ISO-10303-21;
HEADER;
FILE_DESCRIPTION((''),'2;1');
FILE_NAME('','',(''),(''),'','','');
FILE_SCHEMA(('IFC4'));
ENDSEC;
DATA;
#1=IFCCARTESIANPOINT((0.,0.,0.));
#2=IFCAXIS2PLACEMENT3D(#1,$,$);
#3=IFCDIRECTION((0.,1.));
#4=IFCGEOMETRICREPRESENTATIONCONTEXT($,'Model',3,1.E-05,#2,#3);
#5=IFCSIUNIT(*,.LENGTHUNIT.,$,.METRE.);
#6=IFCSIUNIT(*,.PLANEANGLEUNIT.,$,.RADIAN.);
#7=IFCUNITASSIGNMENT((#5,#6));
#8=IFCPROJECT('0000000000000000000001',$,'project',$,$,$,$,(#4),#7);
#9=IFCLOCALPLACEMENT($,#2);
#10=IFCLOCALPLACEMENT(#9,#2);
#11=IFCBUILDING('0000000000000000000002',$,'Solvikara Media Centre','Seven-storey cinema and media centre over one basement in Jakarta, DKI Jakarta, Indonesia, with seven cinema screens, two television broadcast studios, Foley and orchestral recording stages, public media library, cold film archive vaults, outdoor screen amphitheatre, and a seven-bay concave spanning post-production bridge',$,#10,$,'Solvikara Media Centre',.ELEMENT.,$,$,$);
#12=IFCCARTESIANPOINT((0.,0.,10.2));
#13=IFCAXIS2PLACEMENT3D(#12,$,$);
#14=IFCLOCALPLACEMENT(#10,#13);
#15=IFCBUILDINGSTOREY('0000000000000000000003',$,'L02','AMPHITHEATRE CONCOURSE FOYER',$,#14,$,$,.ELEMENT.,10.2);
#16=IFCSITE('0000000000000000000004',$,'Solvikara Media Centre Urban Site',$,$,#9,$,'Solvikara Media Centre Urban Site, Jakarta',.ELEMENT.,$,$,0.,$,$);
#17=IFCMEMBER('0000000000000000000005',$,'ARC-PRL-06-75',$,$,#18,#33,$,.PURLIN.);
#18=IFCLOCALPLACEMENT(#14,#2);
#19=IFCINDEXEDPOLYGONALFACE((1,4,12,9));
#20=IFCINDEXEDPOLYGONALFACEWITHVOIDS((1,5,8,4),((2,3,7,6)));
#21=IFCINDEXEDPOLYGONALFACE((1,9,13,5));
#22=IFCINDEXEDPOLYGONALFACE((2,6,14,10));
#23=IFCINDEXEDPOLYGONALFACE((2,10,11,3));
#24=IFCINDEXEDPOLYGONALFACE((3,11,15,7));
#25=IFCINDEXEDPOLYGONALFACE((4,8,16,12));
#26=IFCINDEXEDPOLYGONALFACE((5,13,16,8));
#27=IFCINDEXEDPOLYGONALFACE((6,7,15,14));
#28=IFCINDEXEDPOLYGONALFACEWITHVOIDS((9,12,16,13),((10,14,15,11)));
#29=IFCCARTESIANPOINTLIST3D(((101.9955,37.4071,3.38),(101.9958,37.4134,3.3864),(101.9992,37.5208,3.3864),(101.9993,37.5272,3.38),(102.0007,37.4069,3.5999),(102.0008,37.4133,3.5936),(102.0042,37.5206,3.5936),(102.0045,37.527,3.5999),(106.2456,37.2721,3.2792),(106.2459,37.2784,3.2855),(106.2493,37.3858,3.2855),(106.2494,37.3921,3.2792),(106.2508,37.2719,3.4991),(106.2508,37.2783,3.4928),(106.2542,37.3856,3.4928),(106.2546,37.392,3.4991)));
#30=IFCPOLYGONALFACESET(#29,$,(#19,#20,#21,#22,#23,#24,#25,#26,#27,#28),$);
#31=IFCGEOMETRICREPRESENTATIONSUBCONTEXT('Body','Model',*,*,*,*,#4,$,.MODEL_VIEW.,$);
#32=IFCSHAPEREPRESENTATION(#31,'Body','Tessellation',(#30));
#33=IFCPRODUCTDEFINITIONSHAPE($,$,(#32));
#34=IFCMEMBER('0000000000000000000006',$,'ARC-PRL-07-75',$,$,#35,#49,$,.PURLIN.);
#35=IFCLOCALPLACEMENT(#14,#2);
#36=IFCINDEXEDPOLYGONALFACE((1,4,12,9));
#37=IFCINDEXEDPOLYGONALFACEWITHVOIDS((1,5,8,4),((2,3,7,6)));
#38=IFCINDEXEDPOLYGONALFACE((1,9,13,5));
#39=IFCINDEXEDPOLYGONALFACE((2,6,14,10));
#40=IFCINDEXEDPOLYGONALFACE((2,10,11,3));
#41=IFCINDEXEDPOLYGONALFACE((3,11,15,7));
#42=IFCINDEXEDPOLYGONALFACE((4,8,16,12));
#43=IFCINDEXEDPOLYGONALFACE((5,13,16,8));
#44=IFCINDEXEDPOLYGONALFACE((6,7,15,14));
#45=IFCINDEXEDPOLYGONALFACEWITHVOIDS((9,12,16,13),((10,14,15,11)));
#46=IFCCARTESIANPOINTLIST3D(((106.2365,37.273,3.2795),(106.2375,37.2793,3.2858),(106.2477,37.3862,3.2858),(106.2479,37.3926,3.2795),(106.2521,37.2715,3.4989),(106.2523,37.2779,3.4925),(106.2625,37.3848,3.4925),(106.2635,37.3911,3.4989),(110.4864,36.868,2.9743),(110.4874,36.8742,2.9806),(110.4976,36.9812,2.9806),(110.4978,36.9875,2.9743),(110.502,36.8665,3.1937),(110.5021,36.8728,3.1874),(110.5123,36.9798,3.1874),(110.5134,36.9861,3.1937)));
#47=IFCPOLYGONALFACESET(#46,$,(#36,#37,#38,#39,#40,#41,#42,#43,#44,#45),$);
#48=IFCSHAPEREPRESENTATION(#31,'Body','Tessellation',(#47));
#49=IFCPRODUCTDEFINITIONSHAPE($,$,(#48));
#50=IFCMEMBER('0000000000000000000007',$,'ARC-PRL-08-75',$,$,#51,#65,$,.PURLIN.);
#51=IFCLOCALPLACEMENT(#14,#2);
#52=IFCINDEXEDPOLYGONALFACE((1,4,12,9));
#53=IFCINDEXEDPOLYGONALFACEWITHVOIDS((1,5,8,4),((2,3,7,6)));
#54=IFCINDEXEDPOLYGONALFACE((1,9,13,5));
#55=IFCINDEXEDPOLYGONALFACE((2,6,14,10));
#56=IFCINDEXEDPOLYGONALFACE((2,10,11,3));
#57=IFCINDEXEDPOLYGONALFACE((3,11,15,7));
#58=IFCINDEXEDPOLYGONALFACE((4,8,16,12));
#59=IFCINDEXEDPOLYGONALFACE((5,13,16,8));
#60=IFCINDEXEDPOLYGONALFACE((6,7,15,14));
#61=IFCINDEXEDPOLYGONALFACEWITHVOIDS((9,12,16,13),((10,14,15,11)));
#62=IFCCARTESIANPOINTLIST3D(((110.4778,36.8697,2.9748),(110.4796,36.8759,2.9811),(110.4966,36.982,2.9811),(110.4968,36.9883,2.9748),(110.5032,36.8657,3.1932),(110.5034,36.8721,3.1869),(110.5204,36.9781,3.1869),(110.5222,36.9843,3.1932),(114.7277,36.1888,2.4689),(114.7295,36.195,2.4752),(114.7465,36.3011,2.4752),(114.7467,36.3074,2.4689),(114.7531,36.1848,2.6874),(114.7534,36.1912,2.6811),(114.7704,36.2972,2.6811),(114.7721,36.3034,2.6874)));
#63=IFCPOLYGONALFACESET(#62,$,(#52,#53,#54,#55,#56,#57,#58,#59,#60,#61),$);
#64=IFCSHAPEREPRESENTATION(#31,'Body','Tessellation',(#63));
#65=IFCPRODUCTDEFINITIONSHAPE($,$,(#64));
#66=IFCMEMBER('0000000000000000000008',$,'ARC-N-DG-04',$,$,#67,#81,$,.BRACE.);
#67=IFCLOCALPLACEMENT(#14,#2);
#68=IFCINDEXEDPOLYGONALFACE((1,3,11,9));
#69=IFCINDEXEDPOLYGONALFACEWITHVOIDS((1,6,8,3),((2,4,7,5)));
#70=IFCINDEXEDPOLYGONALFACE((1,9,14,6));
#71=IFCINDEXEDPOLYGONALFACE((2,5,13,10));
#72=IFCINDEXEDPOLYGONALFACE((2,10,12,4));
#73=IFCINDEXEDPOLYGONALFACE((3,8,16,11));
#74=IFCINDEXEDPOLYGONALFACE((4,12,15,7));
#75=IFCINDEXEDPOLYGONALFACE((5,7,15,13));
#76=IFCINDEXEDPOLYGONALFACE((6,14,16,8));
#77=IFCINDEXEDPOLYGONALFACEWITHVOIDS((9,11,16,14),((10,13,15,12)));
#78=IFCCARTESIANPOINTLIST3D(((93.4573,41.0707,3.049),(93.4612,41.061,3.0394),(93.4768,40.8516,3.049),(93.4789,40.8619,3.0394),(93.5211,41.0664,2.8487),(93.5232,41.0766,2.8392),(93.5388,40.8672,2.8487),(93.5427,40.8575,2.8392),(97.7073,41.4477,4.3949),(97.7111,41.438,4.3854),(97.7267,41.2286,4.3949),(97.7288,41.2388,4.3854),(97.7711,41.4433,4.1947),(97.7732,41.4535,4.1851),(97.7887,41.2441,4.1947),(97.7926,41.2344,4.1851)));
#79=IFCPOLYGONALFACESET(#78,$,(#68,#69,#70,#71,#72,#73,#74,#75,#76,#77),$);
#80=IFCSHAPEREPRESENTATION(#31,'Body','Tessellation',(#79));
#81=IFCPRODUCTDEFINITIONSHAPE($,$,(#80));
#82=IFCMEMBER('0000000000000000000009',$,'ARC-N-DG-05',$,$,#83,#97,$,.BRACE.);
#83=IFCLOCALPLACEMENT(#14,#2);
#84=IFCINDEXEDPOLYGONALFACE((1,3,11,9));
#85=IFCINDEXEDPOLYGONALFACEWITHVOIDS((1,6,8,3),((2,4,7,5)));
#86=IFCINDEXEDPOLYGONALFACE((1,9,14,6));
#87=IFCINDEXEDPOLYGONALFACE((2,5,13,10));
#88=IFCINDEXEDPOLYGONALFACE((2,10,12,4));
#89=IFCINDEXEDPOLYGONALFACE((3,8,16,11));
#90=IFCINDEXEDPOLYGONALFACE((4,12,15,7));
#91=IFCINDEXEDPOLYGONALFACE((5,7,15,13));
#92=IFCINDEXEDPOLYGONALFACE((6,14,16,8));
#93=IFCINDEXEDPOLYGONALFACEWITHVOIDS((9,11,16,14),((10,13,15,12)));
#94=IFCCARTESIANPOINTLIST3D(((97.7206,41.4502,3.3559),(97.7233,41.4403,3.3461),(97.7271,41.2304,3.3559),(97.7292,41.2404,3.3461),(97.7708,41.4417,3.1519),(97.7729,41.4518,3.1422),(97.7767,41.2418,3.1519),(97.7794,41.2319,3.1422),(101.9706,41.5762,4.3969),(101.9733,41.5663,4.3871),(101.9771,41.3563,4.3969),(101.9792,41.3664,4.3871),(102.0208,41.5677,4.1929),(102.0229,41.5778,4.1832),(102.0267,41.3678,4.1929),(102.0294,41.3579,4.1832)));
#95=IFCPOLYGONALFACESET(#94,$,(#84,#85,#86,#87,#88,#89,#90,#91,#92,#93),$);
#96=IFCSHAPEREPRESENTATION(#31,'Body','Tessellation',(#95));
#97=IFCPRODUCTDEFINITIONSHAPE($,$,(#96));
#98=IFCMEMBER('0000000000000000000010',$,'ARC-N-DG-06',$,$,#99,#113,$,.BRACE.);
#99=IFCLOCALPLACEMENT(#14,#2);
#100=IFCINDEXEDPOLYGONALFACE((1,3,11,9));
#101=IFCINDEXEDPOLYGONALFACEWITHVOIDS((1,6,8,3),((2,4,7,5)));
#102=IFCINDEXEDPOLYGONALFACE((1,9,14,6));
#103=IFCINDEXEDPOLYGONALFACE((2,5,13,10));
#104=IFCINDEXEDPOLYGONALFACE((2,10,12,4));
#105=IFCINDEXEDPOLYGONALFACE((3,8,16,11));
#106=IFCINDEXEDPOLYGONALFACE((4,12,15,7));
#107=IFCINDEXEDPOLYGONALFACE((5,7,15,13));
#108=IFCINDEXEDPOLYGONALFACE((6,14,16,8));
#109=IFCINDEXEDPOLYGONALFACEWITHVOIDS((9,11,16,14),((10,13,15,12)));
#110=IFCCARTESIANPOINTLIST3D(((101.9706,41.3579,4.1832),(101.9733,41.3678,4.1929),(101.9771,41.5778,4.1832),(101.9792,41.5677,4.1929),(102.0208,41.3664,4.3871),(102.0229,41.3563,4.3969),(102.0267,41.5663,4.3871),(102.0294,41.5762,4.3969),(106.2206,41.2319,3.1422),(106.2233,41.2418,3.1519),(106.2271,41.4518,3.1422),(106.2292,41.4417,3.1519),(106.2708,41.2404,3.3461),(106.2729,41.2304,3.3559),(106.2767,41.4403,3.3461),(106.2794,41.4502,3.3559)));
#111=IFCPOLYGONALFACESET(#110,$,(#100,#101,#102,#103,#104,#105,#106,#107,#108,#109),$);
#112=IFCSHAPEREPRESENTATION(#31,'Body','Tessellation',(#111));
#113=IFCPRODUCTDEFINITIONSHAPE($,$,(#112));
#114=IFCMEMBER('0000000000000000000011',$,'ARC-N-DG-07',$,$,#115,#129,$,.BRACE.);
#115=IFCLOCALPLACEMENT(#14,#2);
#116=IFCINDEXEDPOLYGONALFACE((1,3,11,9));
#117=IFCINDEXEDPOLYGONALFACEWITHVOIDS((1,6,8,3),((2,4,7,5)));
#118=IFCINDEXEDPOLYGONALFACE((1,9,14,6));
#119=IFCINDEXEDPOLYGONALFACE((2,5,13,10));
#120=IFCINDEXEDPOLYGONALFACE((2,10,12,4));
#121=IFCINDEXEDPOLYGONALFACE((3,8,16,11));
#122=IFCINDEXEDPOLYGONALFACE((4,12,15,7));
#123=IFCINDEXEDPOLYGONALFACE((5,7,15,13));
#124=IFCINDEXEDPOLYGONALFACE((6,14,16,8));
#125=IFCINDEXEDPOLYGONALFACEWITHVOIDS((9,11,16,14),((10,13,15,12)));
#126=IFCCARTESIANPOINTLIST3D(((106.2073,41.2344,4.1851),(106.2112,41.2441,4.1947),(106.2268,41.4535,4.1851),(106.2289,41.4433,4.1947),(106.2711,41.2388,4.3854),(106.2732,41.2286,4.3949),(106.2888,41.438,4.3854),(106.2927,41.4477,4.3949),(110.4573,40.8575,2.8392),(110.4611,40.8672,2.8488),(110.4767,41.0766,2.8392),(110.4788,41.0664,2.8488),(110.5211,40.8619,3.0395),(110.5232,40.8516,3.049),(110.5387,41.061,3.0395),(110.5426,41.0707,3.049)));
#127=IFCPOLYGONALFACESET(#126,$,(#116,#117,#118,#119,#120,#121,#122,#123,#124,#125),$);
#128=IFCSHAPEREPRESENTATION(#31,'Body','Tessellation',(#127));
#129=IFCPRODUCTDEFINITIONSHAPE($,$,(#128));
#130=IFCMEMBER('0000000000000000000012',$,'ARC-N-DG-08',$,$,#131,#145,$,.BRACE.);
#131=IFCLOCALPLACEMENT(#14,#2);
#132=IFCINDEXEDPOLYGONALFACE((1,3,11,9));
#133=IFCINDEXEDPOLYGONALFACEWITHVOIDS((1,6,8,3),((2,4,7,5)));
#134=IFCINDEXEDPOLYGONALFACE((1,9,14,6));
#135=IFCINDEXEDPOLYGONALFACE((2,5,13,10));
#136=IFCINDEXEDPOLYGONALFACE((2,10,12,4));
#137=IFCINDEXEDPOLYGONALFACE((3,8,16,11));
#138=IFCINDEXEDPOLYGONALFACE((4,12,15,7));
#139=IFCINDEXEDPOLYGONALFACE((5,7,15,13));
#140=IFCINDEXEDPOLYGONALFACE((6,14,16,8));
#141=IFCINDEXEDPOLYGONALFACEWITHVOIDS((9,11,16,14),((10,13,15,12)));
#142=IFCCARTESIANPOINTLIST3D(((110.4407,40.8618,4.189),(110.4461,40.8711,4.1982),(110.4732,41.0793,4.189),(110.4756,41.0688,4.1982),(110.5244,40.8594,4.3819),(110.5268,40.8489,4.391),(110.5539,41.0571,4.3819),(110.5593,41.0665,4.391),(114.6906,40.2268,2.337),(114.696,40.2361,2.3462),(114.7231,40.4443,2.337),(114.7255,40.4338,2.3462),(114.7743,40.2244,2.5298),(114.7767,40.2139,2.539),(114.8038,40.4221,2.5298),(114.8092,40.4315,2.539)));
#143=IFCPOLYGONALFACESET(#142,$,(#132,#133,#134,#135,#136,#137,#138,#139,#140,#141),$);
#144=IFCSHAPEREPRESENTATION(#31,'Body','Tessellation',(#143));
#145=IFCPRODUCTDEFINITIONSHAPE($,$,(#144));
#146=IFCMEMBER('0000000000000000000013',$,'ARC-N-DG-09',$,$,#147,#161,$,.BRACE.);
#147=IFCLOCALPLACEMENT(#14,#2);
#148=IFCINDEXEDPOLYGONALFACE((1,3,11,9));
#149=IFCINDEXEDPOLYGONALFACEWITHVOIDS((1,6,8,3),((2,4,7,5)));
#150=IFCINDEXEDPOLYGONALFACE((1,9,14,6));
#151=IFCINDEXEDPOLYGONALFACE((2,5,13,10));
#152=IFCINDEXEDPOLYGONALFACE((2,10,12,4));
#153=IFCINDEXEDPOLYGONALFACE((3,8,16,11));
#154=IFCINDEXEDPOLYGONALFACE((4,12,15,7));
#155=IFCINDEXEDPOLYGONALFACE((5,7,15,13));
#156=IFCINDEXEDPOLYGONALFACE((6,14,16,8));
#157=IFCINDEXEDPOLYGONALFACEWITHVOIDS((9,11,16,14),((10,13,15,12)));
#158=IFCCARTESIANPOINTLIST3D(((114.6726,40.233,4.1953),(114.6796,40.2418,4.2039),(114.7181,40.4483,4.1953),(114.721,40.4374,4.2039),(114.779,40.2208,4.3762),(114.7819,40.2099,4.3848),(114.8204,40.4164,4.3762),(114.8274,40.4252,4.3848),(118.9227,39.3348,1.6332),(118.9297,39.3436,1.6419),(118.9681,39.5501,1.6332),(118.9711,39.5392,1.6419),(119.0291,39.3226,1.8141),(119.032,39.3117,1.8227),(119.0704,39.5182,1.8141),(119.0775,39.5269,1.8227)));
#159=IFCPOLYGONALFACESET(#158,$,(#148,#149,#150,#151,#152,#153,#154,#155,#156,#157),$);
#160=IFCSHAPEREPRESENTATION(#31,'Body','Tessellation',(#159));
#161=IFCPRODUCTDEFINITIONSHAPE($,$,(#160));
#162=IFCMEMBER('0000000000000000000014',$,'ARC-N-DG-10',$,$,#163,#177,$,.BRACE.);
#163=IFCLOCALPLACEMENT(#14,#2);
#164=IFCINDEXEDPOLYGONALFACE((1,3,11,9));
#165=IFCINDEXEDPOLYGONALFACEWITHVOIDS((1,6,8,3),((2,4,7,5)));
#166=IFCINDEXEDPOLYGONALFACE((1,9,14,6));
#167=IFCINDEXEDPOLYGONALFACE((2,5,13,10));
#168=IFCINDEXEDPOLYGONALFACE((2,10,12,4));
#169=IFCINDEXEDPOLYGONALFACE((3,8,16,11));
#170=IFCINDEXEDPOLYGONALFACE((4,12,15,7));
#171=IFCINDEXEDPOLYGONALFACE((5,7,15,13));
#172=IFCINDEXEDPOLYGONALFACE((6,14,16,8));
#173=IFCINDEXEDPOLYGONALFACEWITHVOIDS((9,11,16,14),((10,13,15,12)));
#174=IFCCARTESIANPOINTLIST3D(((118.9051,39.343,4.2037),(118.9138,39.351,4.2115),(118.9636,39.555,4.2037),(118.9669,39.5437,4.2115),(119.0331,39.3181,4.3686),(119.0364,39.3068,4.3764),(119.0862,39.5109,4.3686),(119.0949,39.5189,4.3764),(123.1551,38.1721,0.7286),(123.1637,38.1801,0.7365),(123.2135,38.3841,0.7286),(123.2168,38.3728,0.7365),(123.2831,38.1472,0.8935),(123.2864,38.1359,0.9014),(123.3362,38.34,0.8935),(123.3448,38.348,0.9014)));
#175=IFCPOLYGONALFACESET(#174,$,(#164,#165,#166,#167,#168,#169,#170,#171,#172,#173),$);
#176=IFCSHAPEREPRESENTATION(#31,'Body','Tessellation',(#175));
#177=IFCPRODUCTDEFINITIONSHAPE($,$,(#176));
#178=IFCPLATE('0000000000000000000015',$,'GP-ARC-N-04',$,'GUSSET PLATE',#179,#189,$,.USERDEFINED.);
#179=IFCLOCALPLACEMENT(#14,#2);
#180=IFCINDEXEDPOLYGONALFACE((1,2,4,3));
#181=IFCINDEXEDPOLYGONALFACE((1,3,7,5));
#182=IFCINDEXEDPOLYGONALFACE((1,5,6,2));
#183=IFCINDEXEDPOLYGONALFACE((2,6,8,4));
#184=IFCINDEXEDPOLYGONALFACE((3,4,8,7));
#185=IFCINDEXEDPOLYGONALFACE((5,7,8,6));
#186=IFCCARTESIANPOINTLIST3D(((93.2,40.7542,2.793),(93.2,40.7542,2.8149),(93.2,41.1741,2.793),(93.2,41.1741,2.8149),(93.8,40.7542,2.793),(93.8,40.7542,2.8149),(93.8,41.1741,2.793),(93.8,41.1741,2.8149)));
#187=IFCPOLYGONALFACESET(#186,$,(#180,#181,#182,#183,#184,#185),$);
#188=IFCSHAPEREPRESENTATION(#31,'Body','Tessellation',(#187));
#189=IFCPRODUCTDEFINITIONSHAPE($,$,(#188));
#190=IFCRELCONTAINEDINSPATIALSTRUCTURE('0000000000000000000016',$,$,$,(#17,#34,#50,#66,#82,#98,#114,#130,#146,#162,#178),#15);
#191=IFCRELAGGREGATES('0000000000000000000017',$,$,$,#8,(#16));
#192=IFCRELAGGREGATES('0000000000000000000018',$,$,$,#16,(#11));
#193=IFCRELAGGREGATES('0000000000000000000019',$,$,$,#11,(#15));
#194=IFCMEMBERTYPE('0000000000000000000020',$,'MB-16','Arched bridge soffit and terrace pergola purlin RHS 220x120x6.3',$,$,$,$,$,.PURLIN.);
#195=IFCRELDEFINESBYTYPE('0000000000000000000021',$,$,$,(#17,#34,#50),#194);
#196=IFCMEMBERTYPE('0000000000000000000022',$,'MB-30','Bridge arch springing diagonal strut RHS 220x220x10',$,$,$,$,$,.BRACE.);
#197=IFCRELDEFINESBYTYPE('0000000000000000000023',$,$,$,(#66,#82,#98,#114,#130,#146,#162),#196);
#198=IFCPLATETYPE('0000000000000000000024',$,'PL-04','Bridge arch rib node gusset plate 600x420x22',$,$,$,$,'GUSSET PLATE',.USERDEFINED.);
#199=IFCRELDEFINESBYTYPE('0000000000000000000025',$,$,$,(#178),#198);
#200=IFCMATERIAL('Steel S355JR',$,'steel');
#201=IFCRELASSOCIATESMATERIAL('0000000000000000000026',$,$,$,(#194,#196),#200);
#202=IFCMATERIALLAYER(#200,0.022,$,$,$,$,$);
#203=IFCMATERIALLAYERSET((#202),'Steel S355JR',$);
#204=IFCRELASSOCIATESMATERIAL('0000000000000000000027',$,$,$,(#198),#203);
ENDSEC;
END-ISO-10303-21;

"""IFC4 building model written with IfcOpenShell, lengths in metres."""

from ifc_helpers import new_model, si_unit, direction, frame, origin, origin_2d, place, context, subcontext, project, spatial, rectangle, hollow_rectangle, extrude, material, layer, layer_set, material_profile, profile_set, type_object, element, save


model = new_model("IFC4")

# Units and contexts
model_context = context("Model", 3, precision=1e-05, world=origin(), true_north=direction((0.0, 1.0)))
body_context = subcontext(model_context, "Body", "Model", "MODEL_VIEW")
ifc_project = project(units=[si_unit("LENGTHUNIT", "METRE"), si_unit("PLANEANGLEUNIT", "RADIAN")], contexts=[model_context])

# Site, building, storey
site_placement = place(None, origin())
site = spatial("IfcSite", under=ifc_project, at=site_placement, Name="Solvikara Media Centre Urban Site", LongName="Solvikara Media Centre Urban Site, Jakarta", CompositionType="ELEMENT", RefElevation=0.0)
building_placement = place(site_placement, origin())
building = spatial("IfcBuilding", under=site, at=building_placement, Name="Solvikara Media Centre", Description="Seven-storey cinema and media centre over one basement in Jakarta, DKI Jakarta, Indonesia, with seven cinema screens, two television broadcast studios, Foley and orchestral recording stages, public media library, cold film archive vaults, outdoor screen amphitheatre, and a seven-bay concave spanning post-production bridge", LongName="Solvikara Media Centre", CompositionType="ELEMENT")
storey_placement = place(building_placement, frame((0.0, 0.0, 10.2)))
storey = spatial("IfcBuildingStorey", under=building, at=storey_placement, Name="L02", Description="AMPHITHEATRE CONCOURSE FOYER", CompositionType="ELEMENT", Elevation=10.2)

# Members
ifc_material = material(Name="Steel S355JR", Category="steel")
ifc_material_profile_1 = material_profile(ifc_material, hollow_rectangle(XDim=0.1201, YDim=0.22, WallThickness=0.0063, at=origin_2d()), Name="RHS 220x120x6.3")
ifc_profile_set_1 = profile_set([ifc_material_profile_1], Name="Steel S355JR")
member_type_1 = type_object("IfcMemberType", Name="MB-16", Description="Arched bridge soffit and terrace pergola purlin RHS 220x120x6.3", PredefinedType="PURLIN", material=ifc_profile_set_1)
for number, where, z_axis, x_axis, name in (
    (1, (102.0, 37.467, 3.49), (0.999215, -0.031742, -0.023706), (0.031751, 0.999496, 0.0), "ARC-PRL-06-75"),
):
    element("IfcMember", number, at=place(storey_placement, frame(where, z_axis=z_axis, x_axis=x_axis)), inside=storey, type_object=member_type_1, Name=name, PredefinedType="PURLIN", context=body_context, shape_type="SweptSolid", body=[
        extrude(hollow_rectangle(XDim=0.1201, YDim=0.22, WallThickness=0.0063, at=origin_2d()), origin(), (0.0, 0.0, 1.0), 4.2534),
    ])
member_1_placement = place(storey_placement, frame((106.25, 37.332, 3.3892), z_axis=(0.992956, -0.09463, -0.0713), x_axis=(0.094871, 0.99549, 0.0)))
element("IfcMember", 2, at=member_1_placement, inside=storey, type_object=member_type_1, Name="ARC-PRL-07-75", PredefinedType="PURLIN", context=body_context, shape_type="SweptSolid", body=[
    extrude(hollow_rectangle(XDim=0.1201, YDim=0.22, WallThickness=0.0063, at=origin_2d()), origin(), (0.0, 0.0, 1.0), 4.28),
])
member_2_placement = place(storey_placement, frame((110.5, 36.927, 3.084), z_axis=(0.980658, -0.157115, -0.116724), x_axis=(0.158196, 0.987408, 0.0)))
element("IfcMember", 3, at=member_2_placement, inside=storey, type_object=member_type_1, Name="ARC-PRL-08-75", PredefinedType="PURLIN", context=body_context, shape_type="SweptSolid", body=[
    extrude(hollow_rectangle(XDim=0.1201, YDim=0.22, WallThickness=0.0063, at=origin_2d()), origin(), (0.0, 0.0, 1.0), 4.3337),
])
ifc_material_profile_2 = material_profile(ifc_material, hollow_rectangle(XDim=0.22, YDim=0.22, WallThickness=0.01, at=origin_2d()), Name="RHS 220x220x10")
ifc_profile_set_2 = profile_set([ifc_material_profile_2], Name="Steel S355JR")
member_type_2 = type_object("IfcMemberType", Name="MB-30", Description="Bridge arch springing diagonal strut RHS 220x220x10", PredefinedType="BRACE", material=ifc_profile_set_2)
member_3_placement = place(storey_placement, frame((93.5, 40.9641, 2.9441), z_axis=(0.949945, 0.084255, 0.300841), x_axis=(-0.088348, 0.99609, 0.0)))
element("IfcMember", 4, at=member_3_placement, inside=storey, type_object=member_type_2, Name="ARC-N-DG-04", PredefinedType="BRACE", context=body_context, shape_type="SweptSolid", body=[
    extrude(hollow_rectangle(XDim=0.22, YDim=0.22, WallThickness=0.01, at=origin_2d()), origin(), (0.0, 0.0, 1.0), 4.4739),
])
for number, where, z_axis, x_axis, name in (
    (5, (97.75, 41.3411, 3.249), (0.970884, 0.028779, 0.237813), (-0.029629, 0.999561, 0.0), "ARC-N-DG-05"),
    (6, (102.0, 41.467, 4.29), (0.970884, -0.028779, -0.237813), (0.029629, 0.999561, 0.0), "ARC-N-DG-06"),
):
    element("IfcMember", number, at=place(storey_placement, frame(where, z_axis=z_axis, x_axis=x_axis)), inside=storey, type_object=member_type_2, Name=name, PredefinedType="BRACE", context=body_context, shape_type="SweptSolid", body=[
        extrude(hollow_rectangle(XDim=0.22, YDim=0.22, WallThickness=0.01, at=origin_2d()), origin(), (0.0, 0.0, 1.0), 4.3774),
    ])
member_4_placement = place(storey_placement, frame((106.25, 41.3411, 4.29), z_axis=(0.949945, -0.084255, -0.300841), x_axis=(0.088348, 0.99609, 0.0)))
element("IfcMember", 7, at=member_4_placement, inside=storey, type_object=member_type_2, Name="ARC-N-DG-07", PredefinedType="BRACE", context=body_context, shape_type="SweptSolid", body=[
    extrude(hollow_rectangle(XDim=0.22, YDim=0.22, WallThickness=0.01, at=origin_2d()), origin(), (0.0, 0.0, 1.0), 4.4739),
])
member_5_placement = place(storey_placement, frame((110.5, 40.9641, 4.29), z_axis=(0.908256, -0.135706, -0.395797), x_axis=(0.147774, 0.989021, 0.0)))
element("IfcMember", 8, at=member_5_placement, inside=storey, type_object=member_type_2, Name="ARC-N-DG-08", PredefinedType="BRACE", context=body_context, shape_type="SweptSolid", body=[
    extrude(hollow_rectangle(XDim=0.22, YDim=0.22, WallThickness=0.01, at=origin_2d()), origin(), (0.0, 0.0, 1.0), 4.6792),
])
member_6_placement = place(storey_placement, frame((114.75, 40.3291, 4.29), z_axis=(0.842731, -0.178102, -0.50802), x_axis=(0.206772, 0.978389, 0.0)))
element("IfcMember", 9, at=member_6_placement, inside=storey, type_object=member_type_2, Name="ARC-N-DG-09", PredefinedType="BRACE", context=body_context, shape_type="SweptSolid", body=[
    extrude(hollow_rectangle(XDim=0.22, YDim=0.22, WallThickness=0.01, at=origin_2d()), origin(), (0.0, 0.0, 1.0), 5.0432),
])
member_7_placement = place(storey_placement, frame((119.0, 39.4309, 4.29), z_axis=(0.757122, -0.208591, -0.619076), x_axis=(0.26561, 0.964081, 0.0)))
element("IfcMember", 10, at=member_7_placement, inside=storey, type_object=member_type_2, Name="ARC-N-DG-10", PredefinedType="BRACE", context=body_context, shape_type="SweptSolid", body=[
    extrude(hollow_rectangle(XDim=0.22, YDim=0.22, WallThickness=0.01, at=origin_2d()), origin(), (0.0, 0.0, 1.0), 5.6133),
])

# Plate
ifc_layer = layer(ifc_material, 0.022)
ifc_layer_set = layer_set([ifc_layer], Name="Steel S355JR")
plate_type = type_object("IfcPlateType", Name="PL-04", Description="Bridge arch rib node gusset plate 600x420x22", ElementType="GUSSET PLATE", PredefinedType="USERDEFINED", material=ifc_layer_set)
for number, where, z_axis, x_axis, name in (
    (11, (93.5, 40.9641, 2.793), (0.0, 0.0, 1.0), (1.0, 0.0, 0.0), "GP-ARC-N-04"),
):
    element("IfcPlate", number, at=place(storey_placement, frame(where, z_axis=z_axis, x_axis=x_axis)), inside=storey, type_object=plate_type, Name=name, ObjectType="GUSSET PLATE", PredefinedType="USERDEFINED", context=body_context, shape_type="SweptSolid", body=[
        extrude(rectangle(XDim=0.6001, YDim=0.4199, at=origin_2d()), origin(), (0.0, 0.0, 1.0), 0.022),
    ])

save(model, "model.ifc")
